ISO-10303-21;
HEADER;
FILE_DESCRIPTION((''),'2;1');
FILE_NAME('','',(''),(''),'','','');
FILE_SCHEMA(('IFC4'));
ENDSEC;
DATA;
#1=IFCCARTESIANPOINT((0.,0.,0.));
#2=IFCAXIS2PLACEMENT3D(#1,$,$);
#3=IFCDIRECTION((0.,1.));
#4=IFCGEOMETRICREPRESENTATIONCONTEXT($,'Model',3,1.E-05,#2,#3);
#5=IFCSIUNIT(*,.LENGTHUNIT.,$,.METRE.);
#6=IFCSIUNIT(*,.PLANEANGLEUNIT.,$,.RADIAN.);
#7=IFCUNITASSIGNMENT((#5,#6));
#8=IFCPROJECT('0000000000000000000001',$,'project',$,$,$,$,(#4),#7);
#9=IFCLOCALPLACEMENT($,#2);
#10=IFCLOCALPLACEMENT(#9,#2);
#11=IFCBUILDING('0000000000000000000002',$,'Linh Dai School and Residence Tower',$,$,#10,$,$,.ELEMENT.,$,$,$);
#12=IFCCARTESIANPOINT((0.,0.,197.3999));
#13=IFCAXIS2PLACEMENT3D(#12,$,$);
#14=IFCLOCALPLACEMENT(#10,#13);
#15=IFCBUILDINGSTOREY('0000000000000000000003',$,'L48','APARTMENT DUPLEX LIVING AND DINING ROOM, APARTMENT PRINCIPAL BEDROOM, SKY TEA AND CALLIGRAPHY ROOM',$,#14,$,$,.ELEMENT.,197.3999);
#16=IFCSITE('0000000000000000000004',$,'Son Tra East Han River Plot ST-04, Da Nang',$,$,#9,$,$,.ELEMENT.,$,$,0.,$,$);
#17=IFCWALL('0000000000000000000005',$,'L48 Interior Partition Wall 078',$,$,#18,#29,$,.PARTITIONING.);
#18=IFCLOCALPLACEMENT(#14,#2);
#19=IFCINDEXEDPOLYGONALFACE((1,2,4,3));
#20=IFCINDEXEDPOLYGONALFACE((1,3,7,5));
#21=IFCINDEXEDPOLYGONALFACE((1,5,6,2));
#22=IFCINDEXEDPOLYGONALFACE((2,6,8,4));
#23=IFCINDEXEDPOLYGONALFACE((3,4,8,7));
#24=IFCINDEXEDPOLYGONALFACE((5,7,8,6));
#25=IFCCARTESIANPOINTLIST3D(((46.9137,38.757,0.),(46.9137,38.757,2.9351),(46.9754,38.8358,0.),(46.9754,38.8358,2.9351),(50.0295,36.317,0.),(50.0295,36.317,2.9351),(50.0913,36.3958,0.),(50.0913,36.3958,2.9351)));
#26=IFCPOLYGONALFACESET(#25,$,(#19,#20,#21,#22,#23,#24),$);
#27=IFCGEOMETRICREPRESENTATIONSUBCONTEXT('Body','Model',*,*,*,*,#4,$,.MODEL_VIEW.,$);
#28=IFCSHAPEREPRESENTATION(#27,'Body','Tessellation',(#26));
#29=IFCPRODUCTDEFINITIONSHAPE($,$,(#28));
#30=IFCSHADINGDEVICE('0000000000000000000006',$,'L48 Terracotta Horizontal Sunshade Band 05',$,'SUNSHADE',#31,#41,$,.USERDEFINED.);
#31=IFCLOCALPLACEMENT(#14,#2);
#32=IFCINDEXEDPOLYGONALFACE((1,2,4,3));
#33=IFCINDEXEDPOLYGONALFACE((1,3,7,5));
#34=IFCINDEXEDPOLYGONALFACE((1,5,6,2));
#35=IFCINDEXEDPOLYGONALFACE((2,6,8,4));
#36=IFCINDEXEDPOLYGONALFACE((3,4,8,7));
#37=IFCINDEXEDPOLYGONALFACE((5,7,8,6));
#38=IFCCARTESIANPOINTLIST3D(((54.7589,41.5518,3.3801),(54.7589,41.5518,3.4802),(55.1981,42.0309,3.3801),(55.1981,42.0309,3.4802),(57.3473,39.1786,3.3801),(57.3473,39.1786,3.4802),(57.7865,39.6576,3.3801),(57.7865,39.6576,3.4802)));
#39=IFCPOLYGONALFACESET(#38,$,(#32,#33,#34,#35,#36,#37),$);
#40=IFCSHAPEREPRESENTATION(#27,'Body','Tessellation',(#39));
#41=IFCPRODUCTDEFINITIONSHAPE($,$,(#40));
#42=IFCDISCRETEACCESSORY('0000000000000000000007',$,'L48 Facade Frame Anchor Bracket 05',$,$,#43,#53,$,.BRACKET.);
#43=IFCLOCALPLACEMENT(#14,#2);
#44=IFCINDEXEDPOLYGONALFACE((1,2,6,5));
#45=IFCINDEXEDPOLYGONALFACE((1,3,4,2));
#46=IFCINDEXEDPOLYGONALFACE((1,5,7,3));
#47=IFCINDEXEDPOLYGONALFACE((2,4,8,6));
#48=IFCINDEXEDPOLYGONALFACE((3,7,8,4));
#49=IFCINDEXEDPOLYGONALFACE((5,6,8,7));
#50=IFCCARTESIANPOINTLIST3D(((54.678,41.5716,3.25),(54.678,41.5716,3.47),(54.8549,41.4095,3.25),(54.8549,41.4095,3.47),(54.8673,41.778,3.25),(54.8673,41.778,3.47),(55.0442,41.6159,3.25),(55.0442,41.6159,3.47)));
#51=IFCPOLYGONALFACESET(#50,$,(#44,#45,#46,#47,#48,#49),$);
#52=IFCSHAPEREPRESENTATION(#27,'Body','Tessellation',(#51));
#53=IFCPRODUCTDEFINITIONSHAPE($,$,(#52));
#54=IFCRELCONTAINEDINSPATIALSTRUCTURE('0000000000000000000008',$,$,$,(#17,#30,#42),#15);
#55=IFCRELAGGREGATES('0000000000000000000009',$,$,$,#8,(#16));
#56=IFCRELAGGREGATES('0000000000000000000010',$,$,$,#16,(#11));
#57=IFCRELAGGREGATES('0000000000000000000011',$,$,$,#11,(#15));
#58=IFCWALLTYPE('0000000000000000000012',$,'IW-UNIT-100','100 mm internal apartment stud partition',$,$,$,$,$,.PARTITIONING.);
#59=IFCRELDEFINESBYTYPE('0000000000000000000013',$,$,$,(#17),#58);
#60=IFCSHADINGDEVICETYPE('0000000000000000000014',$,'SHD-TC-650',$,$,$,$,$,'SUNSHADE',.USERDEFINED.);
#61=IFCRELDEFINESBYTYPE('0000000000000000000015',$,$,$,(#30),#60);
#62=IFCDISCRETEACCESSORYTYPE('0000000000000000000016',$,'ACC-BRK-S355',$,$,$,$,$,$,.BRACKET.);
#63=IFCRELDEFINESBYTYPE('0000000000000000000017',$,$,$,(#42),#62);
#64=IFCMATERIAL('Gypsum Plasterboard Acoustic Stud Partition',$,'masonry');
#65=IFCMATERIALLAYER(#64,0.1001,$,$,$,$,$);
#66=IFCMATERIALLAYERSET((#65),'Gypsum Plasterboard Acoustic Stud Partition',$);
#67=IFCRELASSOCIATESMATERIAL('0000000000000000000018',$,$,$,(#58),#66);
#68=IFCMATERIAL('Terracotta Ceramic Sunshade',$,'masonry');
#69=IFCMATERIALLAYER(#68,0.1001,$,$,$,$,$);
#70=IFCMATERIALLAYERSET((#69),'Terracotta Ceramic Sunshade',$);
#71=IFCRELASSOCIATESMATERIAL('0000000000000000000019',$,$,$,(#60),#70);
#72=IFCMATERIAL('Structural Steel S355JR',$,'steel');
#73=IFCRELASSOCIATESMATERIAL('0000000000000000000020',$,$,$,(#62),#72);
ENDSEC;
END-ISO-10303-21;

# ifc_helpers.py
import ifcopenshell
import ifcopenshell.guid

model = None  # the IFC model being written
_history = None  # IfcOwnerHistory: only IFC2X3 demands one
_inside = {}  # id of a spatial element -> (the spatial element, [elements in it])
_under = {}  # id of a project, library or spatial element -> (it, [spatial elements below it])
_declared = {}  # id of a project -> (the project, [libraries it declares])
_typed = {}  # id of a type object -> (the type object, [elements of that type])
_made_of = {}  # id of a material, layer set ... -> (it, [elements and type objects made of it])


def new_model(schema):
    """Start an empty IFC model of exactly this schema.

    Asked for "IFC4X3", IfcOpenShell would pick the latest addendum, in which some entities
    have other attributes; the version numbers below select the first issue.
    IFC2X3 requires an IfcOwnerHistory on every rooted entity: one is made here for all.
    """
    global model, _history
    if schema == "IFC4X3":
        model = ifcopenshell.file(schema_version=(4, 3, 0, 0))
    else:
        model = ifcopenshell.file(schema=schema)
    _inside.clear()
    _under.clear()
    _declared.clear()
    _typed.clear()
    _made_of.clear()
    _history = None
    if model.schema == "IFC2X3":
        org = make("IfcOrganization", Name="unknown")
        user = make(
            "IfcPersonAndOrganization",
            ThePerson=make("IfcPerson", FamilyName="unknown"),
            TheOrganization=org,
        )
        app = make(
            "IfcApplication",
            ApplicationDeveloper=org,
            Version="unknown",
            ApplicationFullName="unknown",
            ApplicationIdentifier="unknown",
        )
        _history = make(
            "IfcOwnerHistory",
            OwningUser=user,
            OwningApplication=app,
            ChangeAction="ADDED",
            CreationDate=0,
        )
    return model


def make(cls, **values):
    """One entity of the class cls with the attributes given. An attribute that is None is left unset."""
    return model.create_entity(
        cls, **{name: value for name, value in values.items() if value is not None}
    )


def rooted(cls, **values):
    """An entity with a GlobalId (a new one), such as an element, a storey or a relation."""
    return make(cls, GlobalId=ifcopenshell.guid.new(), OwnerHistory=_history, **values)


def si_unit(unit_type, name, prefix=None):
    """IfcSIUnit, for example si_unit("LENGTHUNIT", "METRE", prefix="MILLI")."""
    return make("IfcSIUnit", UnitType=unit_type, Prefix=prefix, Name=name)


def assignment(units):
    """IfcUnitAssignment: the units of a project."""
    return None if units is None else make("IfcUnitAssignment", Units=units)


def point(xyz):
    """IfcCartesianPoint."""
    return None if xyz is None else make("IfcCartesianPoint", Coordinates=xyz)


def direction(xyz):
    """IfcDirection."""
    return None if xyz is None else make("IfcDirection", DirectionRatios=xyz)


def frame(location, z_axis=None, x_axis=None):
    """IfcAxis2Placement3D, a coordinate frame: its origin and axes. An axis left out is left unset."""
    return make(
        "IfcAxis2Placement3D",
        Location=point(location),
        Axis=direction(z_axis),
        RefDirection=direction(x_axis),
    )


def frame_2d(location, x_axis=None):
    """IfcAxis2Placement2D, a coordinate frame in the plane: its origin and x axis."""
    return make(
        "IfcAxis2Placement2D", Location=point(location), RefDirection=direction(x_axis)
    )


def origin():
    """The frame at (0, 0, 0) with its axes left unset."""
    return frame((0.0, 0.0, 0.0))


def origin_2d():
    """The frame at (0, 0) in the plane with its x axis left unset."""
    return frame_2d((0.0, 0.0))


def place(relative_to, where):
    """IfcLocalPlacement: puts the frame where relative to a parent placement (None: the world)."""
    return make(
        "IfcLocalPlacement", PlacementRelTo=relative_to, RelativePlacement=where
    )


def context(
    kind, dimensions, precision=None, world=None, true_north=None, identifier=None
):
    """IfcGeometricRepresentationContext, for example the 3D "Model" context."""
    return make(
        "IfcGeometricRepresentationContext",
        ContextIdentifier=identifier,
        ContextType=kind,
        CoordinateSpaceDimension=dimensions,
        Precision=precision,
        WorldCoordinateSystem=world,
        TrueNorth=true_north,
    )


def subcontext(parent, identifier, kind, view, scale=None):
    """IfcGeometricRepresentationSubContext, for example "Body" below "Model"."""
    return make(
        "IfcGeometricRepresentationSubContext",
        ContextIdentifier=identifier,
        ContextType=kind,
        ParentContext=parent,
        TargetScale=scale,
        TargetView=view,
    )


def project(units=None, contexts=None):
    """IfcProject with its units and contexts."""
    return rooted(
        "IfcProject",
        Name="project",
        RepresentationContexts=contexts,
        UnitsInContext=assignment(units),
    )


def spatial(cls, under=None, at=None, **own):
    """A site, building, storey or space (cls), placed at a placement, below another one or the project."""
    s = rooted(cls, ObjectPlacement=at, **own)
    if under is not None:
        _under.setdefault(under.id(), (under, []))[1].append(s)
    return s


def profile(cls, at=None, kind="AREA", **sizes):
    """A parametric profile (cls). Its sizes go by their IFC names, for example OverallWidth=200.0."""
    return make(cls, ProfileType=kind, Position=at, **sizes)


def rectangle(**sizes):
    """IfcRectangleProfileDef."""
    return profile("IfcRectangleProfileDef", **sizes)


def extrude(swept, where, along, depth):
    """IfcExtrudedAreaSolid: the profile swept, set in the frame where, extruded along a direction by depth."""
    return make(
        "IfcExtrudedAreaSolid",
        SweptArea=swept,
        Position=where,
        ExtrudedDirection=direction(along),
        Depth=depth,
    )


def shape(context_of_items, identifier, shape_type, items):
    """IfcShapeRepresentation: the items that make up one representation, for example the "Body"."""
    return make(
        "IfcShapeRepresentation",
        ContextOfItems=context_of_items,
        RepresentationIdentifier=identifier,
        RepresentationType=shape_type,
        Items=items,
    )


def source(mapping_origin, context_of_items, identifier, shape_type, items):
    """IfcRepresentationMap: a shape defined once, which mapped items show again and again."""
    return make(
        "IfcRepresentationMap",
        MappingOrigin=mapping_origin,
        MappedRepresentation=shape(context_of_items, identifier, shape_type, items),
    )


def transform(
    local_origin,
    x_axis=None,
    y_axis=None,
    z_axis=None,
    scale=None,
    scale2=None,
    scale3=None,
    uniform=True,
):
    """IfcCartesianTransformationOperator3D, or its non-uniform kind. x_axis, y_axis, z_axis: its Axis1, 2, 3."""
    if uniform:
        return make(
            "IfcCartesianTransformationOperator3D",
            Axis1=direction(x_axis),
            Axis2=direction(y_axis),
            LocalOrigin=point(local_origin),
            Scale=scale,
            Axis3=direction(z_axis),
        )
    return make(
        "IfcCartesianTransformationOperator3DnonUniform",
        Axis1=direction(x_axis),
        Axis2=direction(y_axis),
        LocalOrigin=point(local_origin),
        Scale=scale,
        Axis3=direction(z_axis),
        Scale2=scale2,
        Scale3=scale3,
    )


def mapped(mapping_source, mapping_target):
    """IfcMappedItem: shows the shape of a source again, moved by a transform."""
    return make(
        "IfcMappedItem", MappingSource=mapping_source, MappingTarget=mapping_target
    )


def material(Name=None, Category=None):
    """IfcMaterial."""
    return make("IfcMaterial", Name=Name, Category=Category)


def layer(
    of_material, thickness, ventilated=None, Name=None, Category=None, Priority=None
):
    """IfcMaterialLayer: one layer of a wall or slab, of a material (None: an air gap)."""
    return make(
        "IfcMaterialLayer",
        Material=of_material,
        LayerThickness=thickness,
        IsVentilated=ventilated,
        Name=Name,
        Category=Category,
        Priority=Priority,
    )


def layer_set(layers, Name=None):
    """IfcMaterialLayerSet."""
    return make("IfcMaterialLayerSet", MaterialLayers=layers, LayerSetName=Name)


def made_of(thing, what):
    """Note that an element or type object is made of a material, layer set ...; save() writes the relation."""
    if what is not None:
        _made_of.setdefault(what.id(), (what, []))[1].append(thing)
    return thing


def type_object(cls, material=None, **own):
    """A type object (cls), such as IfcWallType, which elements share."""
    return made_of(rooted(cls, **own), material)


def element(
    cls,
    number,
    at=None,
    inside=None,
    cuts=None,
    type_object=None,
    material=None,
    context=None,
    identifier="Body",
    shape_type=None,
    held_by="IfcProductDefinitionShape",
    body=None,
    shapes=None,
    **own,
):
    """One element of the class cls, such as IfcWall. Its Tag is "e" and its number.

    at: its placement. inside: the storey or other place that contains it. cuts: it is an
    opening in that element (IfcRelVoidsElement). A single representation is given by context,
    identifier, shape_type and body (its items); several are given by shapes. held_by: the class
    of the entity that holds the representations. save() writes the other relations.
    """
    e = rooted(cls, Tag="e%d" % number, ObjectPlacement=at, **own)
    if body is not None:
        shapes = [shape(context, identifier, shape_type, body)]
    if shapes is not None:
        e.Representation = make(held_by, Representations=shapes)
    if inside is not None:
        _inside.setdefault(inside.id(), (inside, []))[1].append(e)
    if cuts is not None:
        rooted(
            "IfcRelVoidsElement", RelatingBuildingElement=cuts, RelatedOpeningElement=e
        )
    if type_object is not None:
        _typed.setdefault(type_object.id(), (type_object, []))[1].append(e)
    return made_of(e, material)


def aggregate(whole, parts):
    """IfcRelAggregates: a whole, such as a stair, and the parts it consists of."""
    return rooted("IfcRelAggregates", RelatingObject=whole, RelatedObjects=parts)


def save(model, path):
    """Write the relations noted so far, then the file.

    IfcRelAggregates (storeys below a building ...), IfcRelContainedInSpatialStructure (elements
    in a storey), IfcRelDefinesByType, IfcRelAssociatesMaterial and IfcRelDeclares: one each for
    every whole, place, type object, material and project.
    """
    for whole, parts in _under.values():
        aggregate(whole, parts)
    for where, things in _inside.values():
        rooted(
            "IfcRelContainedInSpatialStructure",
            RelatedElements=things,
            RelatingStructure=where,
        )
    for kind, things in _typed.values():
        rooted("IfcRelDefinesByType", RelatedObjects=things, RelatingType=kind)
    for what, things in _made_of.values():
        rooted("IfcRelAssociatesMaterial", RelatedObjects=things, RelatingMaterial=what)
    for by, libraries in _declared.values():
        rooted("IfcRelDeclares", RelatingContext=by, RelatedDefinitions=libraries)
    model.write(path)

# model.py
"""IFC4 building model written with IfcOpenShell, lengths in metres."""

from ifc_helpers import new_model, si_unit, direction, frame, frame_2d, origin, origin_2d, place, context, subcontext, project, spatial, rectangle, extrude, source, transform, mapped, material, layer, layer_set, type_object, element, save


model = new_model("IFC4")

# Units and contexts
model_context = context("Model", 3, precision=1e-05, world=origin(), true_north=direction((0.0, 1.0)))
body_context = subcontext(model_context, "Body", "Model", "MODEL_VIEW")
ifc_project = project(units=[si_unit("LENGTHUNIT", "METRE"), si_unit("PLANEANGLEUNIT", "RADIAN")], contexts=[model_context])

# Site, building, storey
site_placement = place(None, origin())
site = spatial("IfcSite", under=ifc_project, at=site_placement, Name="Son Tra East Han River Plot ST-04, Da Nang", CompositionType="ELEMENT", RefElevation=0.0)
building_placement = place(site_placement, origin())
building = spatial("IfcBuilding", under=site, at=building_placement, Name="Linh Dai School and Residence Tower", CompositionType="ELEMENT")
storey_placement = place(building_placement, frame((0.0, 0.0, 197.3999)))
storey = spatial("IfcBuildingStorey", under=building, at=storey_placement, Name="L48", Description="APARTMENT DUPLEX LIVING AND DINING ROOM, APARTMENT PRINCIPAL BEDROOM, SKY TEA AND CALLIGRAPHY ROOM", CompositionType="ELEMENT", Elevation=197.3999)

# Shared definitions
ifc_material_1 = material(Name="Structural Steel S355JR", Category="steel")

# Wall
ifc_material_2 = material(Name="Gypsum Plasterboard Acoustic Stud Partition", Category="masonry")
ifc_layer_1 = layer(ifc_material_2, 0.1001)
ifc_layer_set_1 = layer_set([ifc_layer_1], Name="Gypsum Plasterboard Acoustic Stud Partition")
wall_type_1 = type_object("IfcWallType", Name="IW-UNIT-100", Description="100 mm internal apartment stud partition", PredefinedType="PARTITIONING", material=ifc_layer_set_1)
wall_1_placement = place(storey_placement, frame((46.9446, 38.7964, 0.0), z_axis=(0.0, 0.0, 1.0), x_axis=(0.787315, -0.616551, 0.0)))
element("IfcWall", 1, at=wall_1_placement, inside=storey, type_object=wall_type_1, Name="L48 Interior Partition Wall 078", PredefinedType="PARTITIONING", context=body_context, shape_type="SweptSolid", body=[
    extrude(rectangle(XDim=3.9575, YDim=0.1001, at=frame_2d((1.9788, 0.0))), origin(), (0.0, 0.0, 1.0), 2.9351),
])

# Shading device
ifc_material_3 = material(Name="Terracotta Ceramic Sunshade", Category="masonry")
ifc_layer_2 = layer(ifc_material_3, 0.1001)
ifc_layer_set_2 = layer_set([ifc_layer_2], Name="Terracotta Ceramic Sunshade")
shading_device_type = type_object("IfcShadingDeviceType", Name="SHD-TC-650", ElementType="SUNSHADE", PredefinedType="USERDEFINED", material=ifc_layer_set_2)
shared_shape_1 = source(origin(), body_context, "Body", "SweptSolid", [
    extrude(rectangle(XDim=3.5117, YDim=0.6499, at=origin_2d()), origin(), (0.0, 0.0, 1.0), 0.1001),
])
shading_device_placement = place(storey_placement, frame((56.2727, 40.6047, 3.3801), z_axis=(0.0, 0.0, 1.0), x_axis=(0.737085, -0.6758, 0.0)))
element("IfcShadingDevice", 2, at=shading_device_placement, inside=storey, type_object=shading_device_type, Name="L48 Terracotta Horizontal Sunshade Band 05", ObjectType="SUNSHADE", PredefinedType="USERDEFINED", context=body_context, shape_type="MappedRepresentation", body=[
    mapped(shared_shape_1, transform((0.0, 0.0, 0.0), x_axis=(1.0, 0.0, 0.0), y_axis=(0.0, 1.0, 0.0), z_axis=(0.0, 0.0, 1.0), scale=1.0)),
])

# Discrete accessory
discrete_accessory_type = type_object("IfcDiscreteAccessoryType", Name="ACC-BRK-S355", PredefinedType="BRACKET", material=ifc_material_1)
shared_shape_2 = source(origin(), body_context, "Body", "SweptSolid", [
    extrude(rectangle(XDim=0.28, YDim=0.24, at=origin_2d()), origin(), (0.0, 0.0, 1.0), 0.22),
])
discrete_accessory_placement = place(storey_placement, frame((54.8611, 41.5938, 3.25), z_axis=(0.0, 0.0, 1.0), x_axis=(0.6758, 0.737085, 0.0)))
element("IfcDiscreteAccessory", 3, at=discrete_accessory_placement, inside=storey, type_object=discrete_accessory_type, Name="L48 Facade Frame Anchor Bracket 05", PredefinedType="BRACKET", context=body_context, shape_type="MappedRepresentation", body=[
    mapped(shared_shape_2, transform((0.0, 0.0, 0.0), x_axis=(1.0, 0.0, 0.0), y_axis=(0.0, 1.0, 0.0), z_axis=(0.0, 0.0, 1.0), scale=1.0)),
])

save(model, "model.ifc")
